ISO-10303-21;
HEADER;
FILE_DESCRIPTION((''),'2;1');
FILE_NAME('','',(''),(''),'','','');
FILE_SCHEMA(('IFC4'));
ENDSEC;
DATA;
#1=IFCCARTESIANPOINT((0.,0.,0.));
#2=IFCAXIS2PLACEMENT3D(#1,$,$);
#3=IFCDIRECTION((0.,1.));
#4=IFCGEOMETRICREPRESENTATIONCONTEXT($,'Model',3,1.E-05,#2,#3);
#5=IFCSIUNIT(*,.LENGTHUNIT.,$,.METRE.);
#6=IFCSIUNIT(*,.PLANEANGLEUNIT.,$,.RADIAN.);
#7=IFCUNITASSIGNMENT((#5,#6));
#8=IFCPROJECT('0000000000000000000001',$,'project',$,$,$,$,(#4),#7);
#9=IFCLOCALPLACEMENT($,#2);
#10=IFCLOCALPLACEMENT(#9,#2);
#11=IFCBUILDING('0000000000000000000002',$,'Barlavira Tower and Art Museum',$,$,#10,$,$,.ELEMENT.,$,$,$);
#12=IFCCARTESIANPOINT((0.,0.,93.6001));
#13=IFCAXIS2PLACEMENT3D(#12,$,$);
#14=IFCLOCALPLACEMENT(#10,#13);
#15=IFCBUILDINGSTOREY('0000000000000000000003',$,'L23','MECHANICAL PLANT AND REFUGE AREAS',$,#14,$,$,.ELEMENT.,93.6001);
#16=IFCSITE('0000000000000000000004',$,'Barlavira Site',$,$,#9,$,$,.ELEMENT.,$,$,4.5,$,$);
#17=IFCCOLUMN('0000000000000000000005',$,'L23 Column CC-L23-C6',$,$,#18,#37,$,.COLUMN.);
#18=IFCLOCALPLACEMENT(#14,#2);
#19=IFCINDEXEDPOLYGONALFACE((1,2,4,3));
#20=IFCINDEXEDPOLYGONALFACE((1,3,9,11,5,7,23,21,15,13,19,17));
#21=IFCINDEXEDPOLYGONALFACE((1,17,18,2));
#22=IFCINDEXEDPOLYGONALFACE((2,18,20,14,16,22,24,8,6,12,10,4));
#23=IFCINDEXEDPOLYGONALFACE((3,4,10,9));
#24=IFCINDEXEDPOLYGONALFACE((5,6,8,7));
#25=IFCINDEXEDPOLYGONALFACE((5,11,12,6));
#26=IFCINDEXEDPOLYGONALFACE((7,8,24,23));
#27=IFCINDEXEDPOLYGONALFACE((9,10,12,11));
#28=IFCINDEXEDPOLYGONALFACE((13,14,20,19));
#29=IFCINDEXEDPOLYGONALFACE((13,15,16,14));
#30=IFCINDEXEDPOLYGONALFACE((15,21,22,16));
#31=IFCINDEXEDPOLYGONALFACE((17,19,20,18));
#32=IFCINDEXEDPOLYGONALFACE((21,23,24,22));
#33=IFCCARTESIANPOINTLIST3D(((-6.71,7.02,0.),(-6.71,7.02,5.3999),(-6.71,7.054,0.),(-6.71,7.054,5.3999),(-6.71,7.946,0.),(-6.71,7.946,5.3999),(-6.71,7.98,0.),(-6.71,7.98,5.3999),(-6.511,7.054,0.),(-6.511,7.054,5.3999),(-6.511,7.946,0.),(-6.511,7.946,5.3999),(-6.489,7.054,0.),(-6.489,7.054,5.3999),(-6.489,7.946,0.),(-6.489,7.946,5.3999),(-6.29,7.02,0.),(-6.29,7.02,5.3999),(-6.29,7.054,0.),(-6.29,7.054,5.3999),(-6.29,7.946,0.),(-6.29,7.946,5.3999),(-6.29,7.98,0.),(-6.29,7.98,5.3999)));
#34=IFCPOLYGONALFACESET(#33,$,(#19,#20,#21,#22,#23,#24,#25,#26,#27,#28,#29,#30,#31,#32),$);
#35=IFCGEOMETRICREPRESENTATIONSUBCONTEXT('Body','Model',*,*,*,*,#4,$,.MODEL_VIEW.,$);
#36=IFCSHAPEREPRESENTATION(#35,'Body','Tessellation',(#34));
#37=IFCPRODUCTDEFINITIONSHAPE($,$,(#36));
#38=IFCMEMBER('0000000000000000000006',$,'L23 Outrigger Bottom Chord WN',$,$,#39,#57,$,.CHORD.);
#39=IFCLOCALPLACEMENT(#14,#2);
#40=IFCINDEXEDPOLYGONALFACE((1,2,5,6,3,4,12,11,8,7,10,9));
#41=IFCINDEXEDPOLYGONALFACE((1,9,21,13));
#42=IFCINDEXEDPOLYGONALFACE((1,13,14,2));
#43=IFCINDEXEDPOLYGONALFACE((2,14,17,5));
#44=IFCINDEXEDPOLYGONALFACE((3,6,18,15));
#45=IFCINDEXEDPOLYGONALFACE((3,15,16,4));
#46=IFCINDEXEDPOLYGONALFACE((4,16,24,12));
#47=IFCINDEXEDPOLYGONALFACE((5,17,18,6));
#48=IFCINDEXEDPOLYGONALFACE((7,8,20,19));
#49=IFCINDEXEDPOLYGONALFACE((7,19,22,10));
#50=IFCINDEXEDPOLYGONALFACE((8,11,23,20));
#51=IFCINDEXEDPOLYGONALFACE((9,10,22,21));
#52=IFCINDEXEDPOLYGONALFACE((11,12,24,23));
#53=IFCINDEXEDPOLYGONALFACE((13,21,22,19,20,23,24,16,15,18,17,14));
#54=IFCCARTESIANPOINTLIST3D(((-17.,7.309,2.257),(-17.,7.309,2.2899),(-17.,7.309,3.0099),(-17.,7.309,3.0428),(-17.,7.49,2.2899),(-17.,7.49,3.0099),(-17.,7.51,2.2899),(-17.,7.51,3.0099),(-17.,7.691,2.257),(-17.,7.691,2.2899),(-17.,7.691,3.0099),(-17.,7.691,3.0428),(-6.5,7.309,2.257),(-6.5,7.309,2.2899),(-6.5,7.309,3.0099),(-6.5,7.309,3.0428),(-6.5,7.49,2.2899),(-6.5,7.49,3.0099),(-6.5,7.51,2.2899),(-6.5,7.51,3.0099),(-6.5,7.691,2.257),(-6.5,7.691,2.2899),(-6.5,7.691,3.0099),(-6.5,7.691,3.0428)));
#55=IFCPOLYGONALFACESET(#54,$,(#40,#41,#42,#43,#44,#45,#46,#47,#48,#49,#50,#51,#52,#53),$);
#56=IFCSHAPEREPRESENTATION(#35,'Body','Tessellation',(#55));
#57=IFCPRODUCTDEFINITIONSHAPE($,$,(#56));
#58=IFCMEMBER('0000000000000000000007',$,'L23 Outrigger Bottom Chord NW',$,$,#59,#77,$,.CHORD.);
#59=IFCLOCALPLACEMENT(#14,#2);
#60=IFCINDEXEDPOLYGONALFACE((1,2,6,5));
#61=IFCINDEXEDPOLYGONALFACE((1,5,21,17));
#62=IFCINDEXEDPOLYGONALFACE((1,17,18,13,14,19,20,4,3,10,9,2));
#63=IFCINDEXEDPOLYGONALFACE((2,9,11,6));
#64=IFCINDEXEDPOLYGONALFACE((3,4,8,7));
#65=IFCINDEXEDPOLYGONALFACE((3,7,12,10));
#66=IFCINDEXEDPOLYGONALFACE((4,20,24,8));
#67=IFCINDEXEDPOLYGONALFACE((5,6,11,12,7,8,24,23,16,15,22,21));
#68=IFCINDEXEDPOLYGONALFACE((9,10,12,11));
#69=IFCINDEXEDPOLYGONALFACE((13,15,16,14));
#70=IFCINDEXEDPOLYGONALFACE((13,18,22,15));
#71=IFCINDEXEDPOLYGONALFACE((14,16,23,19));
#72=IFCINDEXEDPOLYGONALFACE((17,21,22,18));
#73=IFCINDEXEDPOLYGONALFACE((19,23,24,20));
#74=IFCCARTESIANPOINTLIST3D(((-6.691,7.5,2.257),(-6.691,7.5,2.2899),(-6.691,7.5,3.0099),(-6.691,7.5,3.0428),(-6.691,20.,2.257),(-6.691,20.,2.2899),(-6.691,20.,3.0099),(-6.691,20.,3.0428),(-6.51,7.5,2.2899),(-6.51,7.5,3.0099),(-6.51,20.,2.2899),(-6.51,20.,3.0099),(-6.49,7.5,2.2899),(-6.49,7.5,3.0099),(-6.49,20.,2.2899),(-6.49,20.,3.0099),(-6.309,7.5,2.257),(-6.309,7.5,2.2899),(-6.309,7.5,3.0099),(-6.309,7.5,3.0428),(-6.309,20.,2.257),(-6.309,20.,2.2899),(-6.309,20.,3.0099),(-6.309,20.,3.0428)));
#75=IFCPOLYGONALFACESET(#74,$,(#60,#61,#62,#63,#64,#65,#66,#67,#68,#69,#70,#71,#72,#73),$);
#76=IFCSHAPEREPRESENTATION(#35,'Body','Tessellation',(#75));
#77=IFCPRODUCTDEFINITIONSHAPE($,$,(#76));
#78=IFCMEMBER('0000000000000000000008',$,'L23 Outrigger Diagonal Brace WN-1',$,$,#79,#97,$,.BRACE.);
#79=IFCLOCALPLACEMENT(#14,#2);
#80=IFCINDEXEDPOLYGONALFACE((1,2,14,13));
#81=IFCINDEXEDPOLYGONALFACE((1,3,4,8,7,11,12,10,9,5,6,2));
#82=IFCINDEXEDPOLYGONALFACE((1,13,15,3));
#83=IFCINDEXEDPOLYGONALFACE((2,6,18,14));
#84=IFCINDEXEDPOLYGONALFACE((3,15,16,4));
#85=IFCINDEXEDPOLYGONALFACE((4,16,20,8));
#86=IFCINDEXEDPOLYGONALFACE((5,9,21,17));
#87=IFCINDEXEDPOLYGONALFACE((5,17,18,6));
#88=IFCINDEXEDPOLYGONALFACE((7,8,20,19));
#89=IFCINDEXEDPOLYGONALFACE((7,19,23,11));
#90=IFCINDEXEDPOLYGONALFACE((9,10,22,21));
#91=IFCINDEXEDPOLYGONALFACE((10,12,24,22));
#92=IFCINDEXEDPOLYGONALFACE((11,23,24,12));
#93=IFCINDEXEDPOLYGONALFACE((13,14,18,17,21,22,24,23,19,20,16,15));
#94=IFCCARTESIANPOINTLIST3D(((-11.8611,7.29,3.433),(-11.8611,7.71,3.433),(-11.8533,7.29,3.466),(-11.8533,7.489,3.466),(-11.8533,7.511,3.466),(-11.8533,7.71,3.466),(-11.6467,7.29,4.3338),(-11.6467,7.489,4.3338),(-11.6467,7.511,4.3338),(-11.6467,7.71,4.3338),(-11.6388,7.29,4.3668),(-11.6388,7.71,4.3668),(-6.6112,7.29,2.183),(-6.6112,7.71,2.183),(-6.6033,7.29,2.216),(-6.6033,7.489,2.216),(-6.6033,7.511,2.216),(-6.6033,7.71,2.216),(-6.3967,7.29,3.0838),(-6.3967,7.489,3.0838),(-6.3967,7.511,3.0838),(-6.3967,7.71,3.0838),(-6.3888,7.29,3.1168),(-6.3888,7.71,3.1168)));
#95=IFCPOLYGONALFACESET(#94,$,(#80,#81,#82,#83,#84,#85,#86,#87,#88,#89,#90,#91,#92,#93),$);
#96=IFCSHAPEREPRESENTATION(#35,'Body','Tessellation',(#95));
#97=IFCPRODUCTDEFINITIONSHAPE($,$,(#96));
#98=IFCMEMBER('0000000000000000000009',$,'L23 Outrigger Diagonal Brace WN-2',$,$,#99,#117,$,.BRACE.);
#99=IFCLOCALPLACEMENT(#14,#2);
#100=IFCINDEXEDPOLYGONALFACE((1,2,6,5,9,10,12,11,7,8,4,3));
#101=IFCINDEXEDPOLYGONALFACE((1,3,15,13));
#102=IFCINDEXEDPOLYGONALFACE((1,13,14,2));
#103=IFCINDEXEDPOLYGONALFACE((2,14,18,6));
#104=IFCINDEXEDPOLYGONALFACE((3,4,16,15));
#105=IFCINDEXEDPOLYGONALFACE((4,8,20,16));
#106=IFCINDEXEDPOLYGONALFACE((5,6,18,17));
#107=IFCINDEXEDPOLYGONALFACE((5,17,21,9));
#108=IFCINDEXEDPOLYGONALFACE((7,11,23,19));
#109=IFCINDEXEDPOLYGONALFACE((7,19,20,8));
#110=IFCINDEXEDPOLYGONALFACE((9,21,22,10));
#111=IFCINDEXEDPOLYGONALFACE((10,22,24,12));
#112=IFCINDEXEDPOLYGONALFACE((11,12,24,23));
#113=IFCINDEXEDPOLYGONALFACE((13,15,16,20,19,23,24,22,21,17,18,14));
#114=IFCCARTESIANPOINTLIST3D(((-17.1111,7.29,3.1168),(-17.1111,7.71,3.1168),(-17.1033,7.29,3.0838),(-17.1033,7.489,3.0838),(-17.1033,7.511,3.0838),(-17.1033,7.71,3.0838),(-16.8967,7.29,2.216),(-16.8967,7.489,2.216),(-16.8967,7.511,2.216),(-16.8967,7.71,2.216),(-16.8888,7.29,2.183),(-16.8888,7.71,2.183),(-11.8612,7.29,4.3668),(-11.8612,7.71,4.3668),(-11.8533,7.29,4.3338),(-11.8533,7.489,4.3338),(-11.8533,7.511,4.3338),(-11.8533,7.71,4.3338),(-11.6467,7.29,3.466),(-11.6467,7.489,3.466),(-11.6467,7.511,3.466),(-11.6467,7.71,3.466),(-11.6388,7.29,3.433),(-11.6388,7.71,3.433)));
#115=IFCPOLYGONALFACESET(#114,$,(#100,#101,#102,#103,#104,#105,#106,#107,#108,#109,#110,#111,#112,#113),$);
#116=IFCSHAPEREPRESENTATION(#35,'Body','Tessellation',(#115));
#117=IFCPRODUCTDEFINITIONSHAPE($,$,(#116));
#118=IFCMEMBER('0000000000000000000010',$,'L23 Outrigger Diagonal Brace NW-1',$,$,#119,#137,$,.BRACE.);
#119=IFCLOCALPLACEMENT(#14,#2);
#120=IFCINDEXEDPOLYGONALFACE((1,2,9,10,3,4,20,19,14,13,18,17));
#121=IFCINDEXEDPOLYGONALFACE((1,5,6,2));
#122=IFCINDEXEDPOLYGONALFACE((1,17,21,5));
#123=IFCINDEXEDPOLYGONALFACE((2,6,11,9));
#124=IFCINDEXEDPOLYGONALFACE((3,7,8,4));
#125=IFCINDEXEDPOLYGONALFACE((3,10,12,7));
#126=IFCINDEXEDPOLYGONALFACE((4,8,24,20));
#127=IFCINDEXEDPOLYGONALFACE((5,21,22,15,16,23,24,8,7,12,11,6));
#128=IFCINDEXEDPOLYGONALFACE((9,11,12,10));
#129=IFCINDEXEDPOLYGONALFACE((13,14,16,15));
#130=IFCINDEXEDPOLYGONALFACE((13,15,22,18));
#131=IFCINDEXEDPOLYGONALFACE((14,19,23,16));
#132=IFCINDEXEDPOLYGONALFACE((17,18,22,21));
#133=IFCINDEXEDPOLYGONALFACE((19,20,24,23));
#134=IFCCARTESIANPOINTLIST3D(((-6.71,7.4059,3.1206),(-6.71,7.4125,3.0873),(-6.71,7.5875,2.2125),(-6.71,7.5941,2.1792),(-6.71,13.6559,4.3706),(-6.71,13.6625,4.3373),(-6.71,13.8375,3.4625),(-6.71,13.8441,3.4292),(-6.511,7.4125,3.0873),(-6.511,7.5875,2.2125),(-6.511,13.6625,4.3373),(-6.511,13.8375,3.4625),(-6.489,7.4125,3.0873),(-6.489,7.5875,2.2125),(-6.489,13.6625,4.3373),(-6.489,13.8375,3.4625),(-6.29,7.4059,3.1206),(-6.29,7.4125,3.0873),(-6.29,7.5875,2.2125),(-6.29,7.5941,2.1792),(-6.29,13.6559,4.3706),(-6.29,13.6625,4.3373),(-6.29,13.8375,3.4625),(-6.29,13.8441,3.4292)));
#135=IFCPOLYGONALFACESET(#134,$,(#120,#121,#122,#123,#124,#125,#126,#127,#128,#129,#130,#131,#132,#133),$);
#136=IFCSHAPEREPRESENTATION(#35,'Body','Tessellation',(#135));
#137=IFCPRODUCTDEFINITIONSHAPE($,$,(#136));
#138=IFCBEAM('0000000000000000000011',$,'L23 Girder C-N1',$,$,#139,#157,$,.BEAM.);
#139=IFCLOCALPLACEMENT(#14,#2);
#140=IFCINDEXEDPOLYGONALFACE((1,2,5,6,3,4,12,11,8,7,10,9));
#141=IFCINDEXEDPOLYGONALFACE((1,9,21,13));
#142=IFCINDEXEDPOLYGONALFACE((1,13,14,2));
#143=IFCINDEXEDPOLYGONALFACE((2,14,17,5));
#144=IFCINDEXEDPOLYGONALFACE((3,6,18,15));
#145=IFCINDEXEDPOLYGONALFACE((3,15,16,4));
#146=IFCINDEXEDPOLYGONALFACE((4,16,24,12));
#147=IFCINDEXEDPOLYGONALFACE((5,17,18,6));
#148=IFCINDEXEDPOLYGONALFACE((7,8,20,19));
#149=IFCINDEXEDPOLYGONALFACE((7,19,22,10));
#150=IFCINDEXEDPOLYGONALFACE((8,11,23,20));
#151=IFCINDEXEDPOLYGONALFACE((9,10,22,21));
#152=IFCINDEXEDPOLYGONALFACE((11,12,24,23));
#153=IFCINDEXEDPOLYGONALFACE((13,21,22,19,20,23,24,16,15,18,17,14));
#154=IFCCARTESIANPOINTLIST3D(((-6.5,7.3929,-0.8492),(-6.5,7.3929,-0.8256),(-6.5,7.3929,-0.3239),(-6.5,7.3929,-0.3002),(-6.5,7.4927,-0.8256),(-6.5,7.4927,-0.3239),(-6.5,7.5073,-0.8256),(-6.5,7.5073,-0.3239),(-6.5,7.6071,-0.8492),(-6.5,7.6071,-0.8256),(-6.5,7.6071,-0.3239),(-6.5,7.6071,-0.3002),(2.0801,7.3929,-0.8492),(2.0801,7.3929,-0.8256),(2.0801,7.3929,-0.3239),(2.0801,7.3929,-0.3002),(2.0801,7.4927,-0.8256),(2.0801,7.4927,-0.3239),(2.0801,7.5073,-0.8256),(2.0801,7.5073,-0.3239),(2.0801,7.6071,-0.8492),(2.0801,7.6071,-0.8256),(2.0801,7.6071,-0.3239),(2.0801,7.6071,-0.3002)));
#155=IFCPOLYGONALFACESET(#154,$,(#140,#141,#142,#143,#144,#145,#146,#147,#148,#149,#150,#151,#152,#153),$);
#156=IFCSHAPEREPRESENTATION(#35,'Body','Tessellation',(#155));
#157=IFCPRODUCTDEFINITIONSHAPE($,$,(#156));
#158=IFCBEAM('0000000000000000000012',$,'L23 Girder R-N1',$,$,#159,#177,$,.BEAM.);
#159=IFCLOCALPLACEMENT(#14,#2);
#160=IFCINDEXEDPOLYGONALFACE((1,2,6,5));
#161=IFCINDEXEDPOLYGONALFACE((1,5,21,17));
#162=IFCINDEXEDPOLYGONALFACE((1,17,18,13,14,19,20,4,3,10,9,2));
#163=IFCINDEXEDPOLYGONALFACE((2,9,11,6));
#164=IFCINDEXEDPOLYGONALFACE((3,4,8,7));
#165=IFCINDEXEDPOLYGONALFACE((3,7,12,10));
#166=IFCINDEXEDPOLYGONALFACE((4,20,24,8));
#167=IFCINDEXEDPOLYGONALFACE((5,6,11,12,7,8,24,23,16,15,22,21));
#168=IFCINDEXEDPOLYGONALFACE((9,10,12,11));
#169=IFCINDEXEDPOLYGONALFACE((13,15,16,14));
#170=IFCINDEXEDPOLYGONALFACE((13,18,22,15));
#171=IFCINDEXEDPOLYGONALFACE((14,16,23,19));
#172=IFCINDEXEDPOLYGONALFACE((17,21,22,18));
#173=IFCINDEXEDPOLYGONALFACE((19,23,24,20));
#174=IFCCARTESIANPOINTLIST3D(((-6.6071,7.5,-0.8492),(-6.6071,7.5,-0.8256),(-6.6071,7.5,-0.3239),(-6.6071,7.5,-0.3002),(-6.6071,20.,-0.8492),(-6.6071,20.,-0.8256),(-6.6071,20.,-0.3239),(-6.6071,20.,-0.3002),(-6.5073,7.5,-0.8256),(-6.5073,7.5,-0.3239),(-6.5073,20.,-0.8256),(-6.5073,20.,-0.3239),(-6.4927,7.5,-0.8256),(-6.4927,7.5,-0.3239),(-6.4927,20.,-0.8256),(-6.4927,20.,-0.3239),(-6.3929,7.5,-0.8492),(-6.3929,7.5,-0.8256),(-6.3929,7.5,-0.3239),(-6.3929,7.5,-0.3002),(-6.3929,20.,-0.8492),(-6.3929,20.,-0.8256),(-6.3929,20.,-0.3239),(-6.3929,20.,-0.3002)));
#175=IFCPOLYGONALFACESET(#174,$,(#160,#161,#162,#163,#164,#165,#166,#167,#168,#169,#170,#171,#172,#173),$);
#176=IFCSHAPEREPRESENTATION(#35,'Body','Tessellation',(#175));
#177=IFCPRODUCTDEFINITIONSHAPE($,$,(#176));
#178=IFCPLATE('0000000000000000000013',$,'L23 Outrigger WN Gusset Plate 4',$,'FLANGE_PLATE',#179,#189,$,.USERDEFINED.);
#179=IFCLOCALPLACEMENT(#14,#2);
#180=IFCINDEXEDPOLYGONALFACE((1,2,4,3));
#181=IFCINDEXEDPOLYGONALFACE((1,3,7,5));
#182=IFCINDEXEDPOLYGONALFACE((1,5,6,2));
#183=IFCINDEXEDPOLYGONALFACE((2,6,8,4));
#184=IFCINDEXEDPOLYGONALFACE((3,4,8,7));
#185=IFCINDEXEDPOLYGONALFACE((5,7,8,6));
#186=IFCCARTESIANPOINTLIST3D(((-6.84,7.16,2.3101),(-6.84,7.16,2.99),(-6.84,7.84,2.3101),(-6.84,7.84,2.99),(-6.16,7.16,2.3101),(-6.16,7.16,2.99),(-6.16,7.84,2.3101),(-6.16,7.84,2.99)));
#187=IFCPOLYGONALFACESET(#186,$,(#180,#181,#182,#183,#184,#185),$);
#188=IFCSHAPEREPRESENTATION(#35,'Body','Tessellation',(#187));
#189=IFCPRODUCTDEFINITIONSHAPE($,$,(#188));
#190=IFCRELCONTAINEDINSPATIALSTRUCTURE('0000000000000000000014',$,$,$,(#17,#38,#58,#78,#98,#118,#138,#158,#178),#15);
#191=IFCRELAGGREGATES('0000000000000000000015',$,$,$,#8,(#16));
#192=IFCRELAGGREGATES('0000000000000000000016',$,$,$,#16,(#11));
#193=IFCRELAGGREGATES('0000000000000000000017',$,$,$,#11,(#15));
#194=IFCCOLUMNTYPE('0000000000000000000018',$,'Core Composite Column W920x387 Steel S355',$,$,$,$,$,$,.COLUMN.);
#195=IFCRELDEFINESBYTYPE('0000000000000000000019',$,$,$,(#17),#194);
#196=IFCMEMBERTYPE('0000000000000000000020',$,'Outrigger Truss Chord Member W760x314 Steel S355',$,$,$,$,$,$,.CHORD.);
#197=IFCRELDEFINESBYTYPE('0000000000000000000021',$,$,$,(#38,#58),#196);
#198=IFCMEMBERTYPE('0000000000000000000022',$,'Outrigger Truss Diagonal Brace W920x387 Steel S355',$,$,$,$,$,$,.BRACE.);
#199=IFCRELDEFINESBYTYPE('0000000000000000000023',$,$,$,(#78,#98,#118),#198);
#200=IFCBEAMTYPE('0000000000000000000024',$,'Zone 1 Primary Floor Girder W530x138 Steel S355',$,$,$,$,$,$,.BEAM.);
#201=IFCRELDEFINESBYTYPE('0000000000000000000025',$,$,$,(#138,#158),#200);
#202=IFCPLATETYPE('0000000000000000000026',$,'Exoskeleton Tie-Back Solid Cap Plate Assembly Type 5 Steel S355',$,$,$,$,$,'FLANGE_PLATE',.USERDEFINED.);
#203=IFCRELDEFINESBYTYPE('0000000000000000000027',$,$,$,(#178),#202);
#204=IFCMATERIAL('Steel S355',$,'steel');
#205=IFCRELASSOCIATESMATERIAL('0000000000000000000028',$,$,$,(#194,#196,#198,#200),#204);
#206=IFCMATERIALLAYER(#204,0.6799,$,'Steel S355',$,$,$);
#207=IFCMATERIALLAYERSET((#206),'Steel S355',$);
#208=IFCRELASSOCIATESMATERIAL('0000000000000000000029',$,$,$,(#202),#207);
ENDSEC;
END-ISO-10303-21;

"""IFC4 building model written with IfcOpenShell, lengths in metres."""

from ifc_helpers import new_model, si_unit, direction, frame, origin, origin_2d, place, context, subcontext, project, spatial, rectangle, i_section, extrude, material, layer, layer_set, material_profile, profile_set, type_object, element, save


model = new_model("IFC4")

# Units and contexts
model_context = context("Model", 3, precision=1e-05, world=origin(), true_north=direction((0.0, 1.0)))
body_context = subcontext(model_context, "Body", "Model", "MODEL_VIEW")
ifc_project = project(units=[si_unit("LENGTHUNIT", "METRE"), si_unit("PLANEANGLEUNIT", "RADIAN")], contexts=[model_context])

# Site, building, storey
site_placement = place(None, origin())
site = spatial("IfcSite", under=ifc_project, at=site_placement, Name="Barlavira Site", CompositionType="ELEMENT", RefElevation=4.5)
building_placement = place(site_placement, origin())
building = spatial("IfcBuilding", under=site, at=building_placement, Name="Barlavira Tower and Art Museum", CompositionType="ELEMENT")
storey_placement = place(building_placement, frame((0.0, 0.0, 93.6001)))
storey = spatial("IfcBuildingStorey", under=building, at=storey_placement, Name="L23", Description="MECHANICAL PLANT AND REFUGE AREAS", CompositionType="ELEMENT", Elevation=93.6001)

# Column
ifc_material_1 = material(Name="Steel S355", Category="steel")
ifc_material_profile_1 = material_profile(ifc_material_1, i_section(OverallWidth=0.4199, OverallDepth=0.96, WebThickness=0.022, FlangeThickness=0.0339, at=origin_2d()), Name="W920x387.0")
ifc_profile_set_1 = profile_set([ifc_material_profile_1], Name="Steel S355")
column_type = type_object("IfcColumnType", Name="Core Composite Column W920x387 Steel S355", PredefinedType="COLUMN", material=ifc_profile_set_1)
column_placement = place(storey_placement, frame((-6.5, 7.5, 0.0), z_axis=(0.0, 0.0, 1.0), x_axis=(1.0, 0.0, 0.0)))
element("IfcColumn", 1, at=column_placement, inside=storey, type_object=column_type, Name="L23 Column CC-L23-C6", PredefinedType="COLUMN", context=body_context, shape_type="SweptSolid", body=[
    extrude(i_section(OverallWidth=0.4199, OverallDepth=0.96, WebThickness=0.022, FlangeThickness=0.0339, at=origin_2d()), origin(), (0.0, 0.0, 1.0), 5.3999),
])

# Members
ifc_material_profile_2 = material_profile(ifc_material_1, i_section(OverallWidth=0.3821, OverallDepth=0.7859, WebThickness=0.02, FlangeThickness=0.033, at=origin_2d()), Name="W760x314.0")
ifc_profile_set_2 = profile_set([ifc_material_profile_2], Name="Steel S355")
member_type_1 = type_object("IfcMemberType", Name="Outrigger Truss Chord Member W760x314 Steel S355", PredefinedType="CHORD", material=ifc_profile_set_2)
member_1_placement = place(storey_placement, frame((-6.5, 7.5, 2.6499), z_axis=(-1.0, 0.0, 0.0), x_axis=(0.0, -1.0, 0.0)))
element("IfcMember", 2, at=member_1_placement, inside=storey, type_object=member_type_1, Name="L23 Outrigger Bottom Chord WN", PredefinedType="CHORD", context=body_context, shape_type="SweptSolid", body=[
    extrude(i_section(OverallWidth=0.3821, OverallDepth=0.7859, WebThickness=0.02, FlangeThickness=0.033, at=origin_2d()), origin(), (0.0, 0.0, 1.0), 10.5),
])
member_2_placement = place(storey_placement, frame((-6.5, 7.5, 2.6499), z_axis=(0.0, 1.0, 0.0), x_axis=(-1.0, 0.0, 0.0)))
element("IfcMember", 3, at=member_2_placement, inside=storey, type_object=member_type_1, Name="L23 Outrigger Bottom Chord NW", PredefinedType="CHORD", context=body_context, shape_type="SweptSolid", body=[
    extrude(i_section(OverallWidth=0.3821, OverallDepth=0.7859, WebThickness=0.02, FlangeThickness=0.033, at=origin_2d()), origin(), (0.0, 0.0, 1.0), 12.5),
])
ifc_material_profile_3 = material_profile(ifc_material_1, i_section(OverallWidth=0.4199, OverallDepth=0.96, WebThickness=0.022, FlangeThickness=0.0339, at=origin_2d()), Name="W920x387.0")
ifc_profile_set_3 = profile_set([ifc_material_profile_3], Name="Steel S355")
member_type_2 = type_object("IfcMemberType", Name="Outrigger Truss Diagonal Brace W920x387 Steel S355", PredefinedType="BRACE", material=ifc_profile_set_3)
for number, where, z_axis, x_axis, name in (
    (4, (-6.5, 7.5, 2.6499), (-0.972806, 0.0, 0.231621), (0.0, -1.0, 0.0), "L23 Outrigger Diagonal Brace WN-1"),
    (5, (-11.75, 7.5, 3.8999), (-0.972806, 0.0, -0.231621), (0.0, -1.0, 0.0), "L23 Outrigger Diagonal Brace WN-2"),
):
    element("IfcMember", number, at=place(storey_placement, frame(where, z_axis=z_axis, x_axis=x_axis)), inside=storey, type_object=member_type_2, Name=name, PredefinedType="BRACE", context=body_context, shape_type="SweptSolid", body=[
        extrude(i_section(OverallWidth=0.4199, OverallDepth=0.96, WebThickness=0.022, FlangeThickness=0.0339, at=origin_2d()), origin(), (0.0, 0.0, 1.0), 5.3967),
    ])
member_3_placement = place(storey_placement, frame((-6.5, 7.5, 2.6499), z_axis=(0.0, 0.980581, 0.196116), x_axis=(-1.0, 0.0, 0.0)))
element("IfcMember", 6, at=member_3_placement, inside=storey, type_object=member_type_2, Name="L23 Outrigger Diagonal Brace NW-1", PredefinedType="BRACE", context=body_context, shape_type="SweptSolid", body=[
    extrude(i_section(OverallWidth=0.4199, OverallDepth=0.96, WebThickness=0.022, FlangeThickness=0.0339, at=origin_2d()), origin(), (0.0, 0.0, 1.0), 6.3738),
])

# Beams
ifc_material_profile_4 = material_profile(ifc_material_1, i_section(OverallWidth=0.2141, OverallDepth=0.5491, WebThickness=0.0146, FlangeThickness=0.0237, at=origin_2d()), Name="W530x138.0")
ifc_profile_set_4 = profile_set([ifc_material_profile_4], Name="Steel S355")
beam_type = type_object("IfcBeamType", Name="Zone 1 Primary Floor Girder W530x138 Steel S355", PredefinedType="BEAM", material=ifc_profile_set_4)
beam_1_placement = place(storey_placement, frame((-6.5, 7.5, -0.5747), z_axis=(1.0, 0.0, 0.0), x_axis=(0.0, 1.0, 0.0)))
element("IfcBeam", 7, at=beam_1_placement, inside=storey, type_object=beam_type, Name="L23 Girder C-N1", PredefinedType="BEAM", context=body_context, shape_type="SweptSolid", body=[
    extrude(i_section(OverallWidth=0.2141, OverallDepth=0.5491, WebThickness=0.0146, FlangeThickness=0.0237, at=origin_2d()), origin(), (0.0, 0.0, 1.0), 8.5801),
])
beam_2_placement = place(storey_placement, frame((-6.5, 7.5, -0.5747), z_axis=(0.0, 1.0, 0.0), x_axis=(-1.0, 0.0, 0.0)))
element("IfcBeam", 8, at=beam_2_placement, inside=storey, type_object=beam_type, Name="L23 Girder R-N1", PredefinedType="BEAM", context=body_context, shape_type="SweptSolid", body=[
    extrude(i_section(OverallWidth=0.2141, OverallDepth=0.5491, WebThickness=0.0146, FlangeThickness=0.0237, at=origin_2d()), origin(), (0.0, 0.0, 1.0), 12.5),
])

# Plate
ifc_layer_1 = layer(ifc_material_1, 0.6799, Name="Steel S355")
ifc_layer_set_1 = layer_set([ifc_layer_1], Name="Steel S355")
plate_type = type_object("IfcPlateType", Name="Exoskeleton Tie-Back Solid Cap Plate Assembly Type 5 Steel S355", ElementType="FLANGE_PLATE", PredefinedType="USERDEFINED", material=ifc_layer_set_1)
plate_placement = place(storey_placement, frame((-6.5, 7.5, 2.3101), z_axis=(0.0, 0.0, 1.0), x_axis=(1.0, 0.0, 0.0)))
element("IfcPlate", 9, at=plate_placement, inside=storey, type_object=plate_type, Name="L23 Outrigger WN Gusset Plate 4", ObjectType="FLANGE_PLATE", PredefinedType="USERDEFINED", context=body_context, shape_type="SweptSolid", body=[
    extrude(rectangle(XDim=0.6799, YDim=0.6799, at=origin_2d()), origin(), (0.0, 0.0, 1.0), 0.6799),
])

save(model, "model.ifc")
